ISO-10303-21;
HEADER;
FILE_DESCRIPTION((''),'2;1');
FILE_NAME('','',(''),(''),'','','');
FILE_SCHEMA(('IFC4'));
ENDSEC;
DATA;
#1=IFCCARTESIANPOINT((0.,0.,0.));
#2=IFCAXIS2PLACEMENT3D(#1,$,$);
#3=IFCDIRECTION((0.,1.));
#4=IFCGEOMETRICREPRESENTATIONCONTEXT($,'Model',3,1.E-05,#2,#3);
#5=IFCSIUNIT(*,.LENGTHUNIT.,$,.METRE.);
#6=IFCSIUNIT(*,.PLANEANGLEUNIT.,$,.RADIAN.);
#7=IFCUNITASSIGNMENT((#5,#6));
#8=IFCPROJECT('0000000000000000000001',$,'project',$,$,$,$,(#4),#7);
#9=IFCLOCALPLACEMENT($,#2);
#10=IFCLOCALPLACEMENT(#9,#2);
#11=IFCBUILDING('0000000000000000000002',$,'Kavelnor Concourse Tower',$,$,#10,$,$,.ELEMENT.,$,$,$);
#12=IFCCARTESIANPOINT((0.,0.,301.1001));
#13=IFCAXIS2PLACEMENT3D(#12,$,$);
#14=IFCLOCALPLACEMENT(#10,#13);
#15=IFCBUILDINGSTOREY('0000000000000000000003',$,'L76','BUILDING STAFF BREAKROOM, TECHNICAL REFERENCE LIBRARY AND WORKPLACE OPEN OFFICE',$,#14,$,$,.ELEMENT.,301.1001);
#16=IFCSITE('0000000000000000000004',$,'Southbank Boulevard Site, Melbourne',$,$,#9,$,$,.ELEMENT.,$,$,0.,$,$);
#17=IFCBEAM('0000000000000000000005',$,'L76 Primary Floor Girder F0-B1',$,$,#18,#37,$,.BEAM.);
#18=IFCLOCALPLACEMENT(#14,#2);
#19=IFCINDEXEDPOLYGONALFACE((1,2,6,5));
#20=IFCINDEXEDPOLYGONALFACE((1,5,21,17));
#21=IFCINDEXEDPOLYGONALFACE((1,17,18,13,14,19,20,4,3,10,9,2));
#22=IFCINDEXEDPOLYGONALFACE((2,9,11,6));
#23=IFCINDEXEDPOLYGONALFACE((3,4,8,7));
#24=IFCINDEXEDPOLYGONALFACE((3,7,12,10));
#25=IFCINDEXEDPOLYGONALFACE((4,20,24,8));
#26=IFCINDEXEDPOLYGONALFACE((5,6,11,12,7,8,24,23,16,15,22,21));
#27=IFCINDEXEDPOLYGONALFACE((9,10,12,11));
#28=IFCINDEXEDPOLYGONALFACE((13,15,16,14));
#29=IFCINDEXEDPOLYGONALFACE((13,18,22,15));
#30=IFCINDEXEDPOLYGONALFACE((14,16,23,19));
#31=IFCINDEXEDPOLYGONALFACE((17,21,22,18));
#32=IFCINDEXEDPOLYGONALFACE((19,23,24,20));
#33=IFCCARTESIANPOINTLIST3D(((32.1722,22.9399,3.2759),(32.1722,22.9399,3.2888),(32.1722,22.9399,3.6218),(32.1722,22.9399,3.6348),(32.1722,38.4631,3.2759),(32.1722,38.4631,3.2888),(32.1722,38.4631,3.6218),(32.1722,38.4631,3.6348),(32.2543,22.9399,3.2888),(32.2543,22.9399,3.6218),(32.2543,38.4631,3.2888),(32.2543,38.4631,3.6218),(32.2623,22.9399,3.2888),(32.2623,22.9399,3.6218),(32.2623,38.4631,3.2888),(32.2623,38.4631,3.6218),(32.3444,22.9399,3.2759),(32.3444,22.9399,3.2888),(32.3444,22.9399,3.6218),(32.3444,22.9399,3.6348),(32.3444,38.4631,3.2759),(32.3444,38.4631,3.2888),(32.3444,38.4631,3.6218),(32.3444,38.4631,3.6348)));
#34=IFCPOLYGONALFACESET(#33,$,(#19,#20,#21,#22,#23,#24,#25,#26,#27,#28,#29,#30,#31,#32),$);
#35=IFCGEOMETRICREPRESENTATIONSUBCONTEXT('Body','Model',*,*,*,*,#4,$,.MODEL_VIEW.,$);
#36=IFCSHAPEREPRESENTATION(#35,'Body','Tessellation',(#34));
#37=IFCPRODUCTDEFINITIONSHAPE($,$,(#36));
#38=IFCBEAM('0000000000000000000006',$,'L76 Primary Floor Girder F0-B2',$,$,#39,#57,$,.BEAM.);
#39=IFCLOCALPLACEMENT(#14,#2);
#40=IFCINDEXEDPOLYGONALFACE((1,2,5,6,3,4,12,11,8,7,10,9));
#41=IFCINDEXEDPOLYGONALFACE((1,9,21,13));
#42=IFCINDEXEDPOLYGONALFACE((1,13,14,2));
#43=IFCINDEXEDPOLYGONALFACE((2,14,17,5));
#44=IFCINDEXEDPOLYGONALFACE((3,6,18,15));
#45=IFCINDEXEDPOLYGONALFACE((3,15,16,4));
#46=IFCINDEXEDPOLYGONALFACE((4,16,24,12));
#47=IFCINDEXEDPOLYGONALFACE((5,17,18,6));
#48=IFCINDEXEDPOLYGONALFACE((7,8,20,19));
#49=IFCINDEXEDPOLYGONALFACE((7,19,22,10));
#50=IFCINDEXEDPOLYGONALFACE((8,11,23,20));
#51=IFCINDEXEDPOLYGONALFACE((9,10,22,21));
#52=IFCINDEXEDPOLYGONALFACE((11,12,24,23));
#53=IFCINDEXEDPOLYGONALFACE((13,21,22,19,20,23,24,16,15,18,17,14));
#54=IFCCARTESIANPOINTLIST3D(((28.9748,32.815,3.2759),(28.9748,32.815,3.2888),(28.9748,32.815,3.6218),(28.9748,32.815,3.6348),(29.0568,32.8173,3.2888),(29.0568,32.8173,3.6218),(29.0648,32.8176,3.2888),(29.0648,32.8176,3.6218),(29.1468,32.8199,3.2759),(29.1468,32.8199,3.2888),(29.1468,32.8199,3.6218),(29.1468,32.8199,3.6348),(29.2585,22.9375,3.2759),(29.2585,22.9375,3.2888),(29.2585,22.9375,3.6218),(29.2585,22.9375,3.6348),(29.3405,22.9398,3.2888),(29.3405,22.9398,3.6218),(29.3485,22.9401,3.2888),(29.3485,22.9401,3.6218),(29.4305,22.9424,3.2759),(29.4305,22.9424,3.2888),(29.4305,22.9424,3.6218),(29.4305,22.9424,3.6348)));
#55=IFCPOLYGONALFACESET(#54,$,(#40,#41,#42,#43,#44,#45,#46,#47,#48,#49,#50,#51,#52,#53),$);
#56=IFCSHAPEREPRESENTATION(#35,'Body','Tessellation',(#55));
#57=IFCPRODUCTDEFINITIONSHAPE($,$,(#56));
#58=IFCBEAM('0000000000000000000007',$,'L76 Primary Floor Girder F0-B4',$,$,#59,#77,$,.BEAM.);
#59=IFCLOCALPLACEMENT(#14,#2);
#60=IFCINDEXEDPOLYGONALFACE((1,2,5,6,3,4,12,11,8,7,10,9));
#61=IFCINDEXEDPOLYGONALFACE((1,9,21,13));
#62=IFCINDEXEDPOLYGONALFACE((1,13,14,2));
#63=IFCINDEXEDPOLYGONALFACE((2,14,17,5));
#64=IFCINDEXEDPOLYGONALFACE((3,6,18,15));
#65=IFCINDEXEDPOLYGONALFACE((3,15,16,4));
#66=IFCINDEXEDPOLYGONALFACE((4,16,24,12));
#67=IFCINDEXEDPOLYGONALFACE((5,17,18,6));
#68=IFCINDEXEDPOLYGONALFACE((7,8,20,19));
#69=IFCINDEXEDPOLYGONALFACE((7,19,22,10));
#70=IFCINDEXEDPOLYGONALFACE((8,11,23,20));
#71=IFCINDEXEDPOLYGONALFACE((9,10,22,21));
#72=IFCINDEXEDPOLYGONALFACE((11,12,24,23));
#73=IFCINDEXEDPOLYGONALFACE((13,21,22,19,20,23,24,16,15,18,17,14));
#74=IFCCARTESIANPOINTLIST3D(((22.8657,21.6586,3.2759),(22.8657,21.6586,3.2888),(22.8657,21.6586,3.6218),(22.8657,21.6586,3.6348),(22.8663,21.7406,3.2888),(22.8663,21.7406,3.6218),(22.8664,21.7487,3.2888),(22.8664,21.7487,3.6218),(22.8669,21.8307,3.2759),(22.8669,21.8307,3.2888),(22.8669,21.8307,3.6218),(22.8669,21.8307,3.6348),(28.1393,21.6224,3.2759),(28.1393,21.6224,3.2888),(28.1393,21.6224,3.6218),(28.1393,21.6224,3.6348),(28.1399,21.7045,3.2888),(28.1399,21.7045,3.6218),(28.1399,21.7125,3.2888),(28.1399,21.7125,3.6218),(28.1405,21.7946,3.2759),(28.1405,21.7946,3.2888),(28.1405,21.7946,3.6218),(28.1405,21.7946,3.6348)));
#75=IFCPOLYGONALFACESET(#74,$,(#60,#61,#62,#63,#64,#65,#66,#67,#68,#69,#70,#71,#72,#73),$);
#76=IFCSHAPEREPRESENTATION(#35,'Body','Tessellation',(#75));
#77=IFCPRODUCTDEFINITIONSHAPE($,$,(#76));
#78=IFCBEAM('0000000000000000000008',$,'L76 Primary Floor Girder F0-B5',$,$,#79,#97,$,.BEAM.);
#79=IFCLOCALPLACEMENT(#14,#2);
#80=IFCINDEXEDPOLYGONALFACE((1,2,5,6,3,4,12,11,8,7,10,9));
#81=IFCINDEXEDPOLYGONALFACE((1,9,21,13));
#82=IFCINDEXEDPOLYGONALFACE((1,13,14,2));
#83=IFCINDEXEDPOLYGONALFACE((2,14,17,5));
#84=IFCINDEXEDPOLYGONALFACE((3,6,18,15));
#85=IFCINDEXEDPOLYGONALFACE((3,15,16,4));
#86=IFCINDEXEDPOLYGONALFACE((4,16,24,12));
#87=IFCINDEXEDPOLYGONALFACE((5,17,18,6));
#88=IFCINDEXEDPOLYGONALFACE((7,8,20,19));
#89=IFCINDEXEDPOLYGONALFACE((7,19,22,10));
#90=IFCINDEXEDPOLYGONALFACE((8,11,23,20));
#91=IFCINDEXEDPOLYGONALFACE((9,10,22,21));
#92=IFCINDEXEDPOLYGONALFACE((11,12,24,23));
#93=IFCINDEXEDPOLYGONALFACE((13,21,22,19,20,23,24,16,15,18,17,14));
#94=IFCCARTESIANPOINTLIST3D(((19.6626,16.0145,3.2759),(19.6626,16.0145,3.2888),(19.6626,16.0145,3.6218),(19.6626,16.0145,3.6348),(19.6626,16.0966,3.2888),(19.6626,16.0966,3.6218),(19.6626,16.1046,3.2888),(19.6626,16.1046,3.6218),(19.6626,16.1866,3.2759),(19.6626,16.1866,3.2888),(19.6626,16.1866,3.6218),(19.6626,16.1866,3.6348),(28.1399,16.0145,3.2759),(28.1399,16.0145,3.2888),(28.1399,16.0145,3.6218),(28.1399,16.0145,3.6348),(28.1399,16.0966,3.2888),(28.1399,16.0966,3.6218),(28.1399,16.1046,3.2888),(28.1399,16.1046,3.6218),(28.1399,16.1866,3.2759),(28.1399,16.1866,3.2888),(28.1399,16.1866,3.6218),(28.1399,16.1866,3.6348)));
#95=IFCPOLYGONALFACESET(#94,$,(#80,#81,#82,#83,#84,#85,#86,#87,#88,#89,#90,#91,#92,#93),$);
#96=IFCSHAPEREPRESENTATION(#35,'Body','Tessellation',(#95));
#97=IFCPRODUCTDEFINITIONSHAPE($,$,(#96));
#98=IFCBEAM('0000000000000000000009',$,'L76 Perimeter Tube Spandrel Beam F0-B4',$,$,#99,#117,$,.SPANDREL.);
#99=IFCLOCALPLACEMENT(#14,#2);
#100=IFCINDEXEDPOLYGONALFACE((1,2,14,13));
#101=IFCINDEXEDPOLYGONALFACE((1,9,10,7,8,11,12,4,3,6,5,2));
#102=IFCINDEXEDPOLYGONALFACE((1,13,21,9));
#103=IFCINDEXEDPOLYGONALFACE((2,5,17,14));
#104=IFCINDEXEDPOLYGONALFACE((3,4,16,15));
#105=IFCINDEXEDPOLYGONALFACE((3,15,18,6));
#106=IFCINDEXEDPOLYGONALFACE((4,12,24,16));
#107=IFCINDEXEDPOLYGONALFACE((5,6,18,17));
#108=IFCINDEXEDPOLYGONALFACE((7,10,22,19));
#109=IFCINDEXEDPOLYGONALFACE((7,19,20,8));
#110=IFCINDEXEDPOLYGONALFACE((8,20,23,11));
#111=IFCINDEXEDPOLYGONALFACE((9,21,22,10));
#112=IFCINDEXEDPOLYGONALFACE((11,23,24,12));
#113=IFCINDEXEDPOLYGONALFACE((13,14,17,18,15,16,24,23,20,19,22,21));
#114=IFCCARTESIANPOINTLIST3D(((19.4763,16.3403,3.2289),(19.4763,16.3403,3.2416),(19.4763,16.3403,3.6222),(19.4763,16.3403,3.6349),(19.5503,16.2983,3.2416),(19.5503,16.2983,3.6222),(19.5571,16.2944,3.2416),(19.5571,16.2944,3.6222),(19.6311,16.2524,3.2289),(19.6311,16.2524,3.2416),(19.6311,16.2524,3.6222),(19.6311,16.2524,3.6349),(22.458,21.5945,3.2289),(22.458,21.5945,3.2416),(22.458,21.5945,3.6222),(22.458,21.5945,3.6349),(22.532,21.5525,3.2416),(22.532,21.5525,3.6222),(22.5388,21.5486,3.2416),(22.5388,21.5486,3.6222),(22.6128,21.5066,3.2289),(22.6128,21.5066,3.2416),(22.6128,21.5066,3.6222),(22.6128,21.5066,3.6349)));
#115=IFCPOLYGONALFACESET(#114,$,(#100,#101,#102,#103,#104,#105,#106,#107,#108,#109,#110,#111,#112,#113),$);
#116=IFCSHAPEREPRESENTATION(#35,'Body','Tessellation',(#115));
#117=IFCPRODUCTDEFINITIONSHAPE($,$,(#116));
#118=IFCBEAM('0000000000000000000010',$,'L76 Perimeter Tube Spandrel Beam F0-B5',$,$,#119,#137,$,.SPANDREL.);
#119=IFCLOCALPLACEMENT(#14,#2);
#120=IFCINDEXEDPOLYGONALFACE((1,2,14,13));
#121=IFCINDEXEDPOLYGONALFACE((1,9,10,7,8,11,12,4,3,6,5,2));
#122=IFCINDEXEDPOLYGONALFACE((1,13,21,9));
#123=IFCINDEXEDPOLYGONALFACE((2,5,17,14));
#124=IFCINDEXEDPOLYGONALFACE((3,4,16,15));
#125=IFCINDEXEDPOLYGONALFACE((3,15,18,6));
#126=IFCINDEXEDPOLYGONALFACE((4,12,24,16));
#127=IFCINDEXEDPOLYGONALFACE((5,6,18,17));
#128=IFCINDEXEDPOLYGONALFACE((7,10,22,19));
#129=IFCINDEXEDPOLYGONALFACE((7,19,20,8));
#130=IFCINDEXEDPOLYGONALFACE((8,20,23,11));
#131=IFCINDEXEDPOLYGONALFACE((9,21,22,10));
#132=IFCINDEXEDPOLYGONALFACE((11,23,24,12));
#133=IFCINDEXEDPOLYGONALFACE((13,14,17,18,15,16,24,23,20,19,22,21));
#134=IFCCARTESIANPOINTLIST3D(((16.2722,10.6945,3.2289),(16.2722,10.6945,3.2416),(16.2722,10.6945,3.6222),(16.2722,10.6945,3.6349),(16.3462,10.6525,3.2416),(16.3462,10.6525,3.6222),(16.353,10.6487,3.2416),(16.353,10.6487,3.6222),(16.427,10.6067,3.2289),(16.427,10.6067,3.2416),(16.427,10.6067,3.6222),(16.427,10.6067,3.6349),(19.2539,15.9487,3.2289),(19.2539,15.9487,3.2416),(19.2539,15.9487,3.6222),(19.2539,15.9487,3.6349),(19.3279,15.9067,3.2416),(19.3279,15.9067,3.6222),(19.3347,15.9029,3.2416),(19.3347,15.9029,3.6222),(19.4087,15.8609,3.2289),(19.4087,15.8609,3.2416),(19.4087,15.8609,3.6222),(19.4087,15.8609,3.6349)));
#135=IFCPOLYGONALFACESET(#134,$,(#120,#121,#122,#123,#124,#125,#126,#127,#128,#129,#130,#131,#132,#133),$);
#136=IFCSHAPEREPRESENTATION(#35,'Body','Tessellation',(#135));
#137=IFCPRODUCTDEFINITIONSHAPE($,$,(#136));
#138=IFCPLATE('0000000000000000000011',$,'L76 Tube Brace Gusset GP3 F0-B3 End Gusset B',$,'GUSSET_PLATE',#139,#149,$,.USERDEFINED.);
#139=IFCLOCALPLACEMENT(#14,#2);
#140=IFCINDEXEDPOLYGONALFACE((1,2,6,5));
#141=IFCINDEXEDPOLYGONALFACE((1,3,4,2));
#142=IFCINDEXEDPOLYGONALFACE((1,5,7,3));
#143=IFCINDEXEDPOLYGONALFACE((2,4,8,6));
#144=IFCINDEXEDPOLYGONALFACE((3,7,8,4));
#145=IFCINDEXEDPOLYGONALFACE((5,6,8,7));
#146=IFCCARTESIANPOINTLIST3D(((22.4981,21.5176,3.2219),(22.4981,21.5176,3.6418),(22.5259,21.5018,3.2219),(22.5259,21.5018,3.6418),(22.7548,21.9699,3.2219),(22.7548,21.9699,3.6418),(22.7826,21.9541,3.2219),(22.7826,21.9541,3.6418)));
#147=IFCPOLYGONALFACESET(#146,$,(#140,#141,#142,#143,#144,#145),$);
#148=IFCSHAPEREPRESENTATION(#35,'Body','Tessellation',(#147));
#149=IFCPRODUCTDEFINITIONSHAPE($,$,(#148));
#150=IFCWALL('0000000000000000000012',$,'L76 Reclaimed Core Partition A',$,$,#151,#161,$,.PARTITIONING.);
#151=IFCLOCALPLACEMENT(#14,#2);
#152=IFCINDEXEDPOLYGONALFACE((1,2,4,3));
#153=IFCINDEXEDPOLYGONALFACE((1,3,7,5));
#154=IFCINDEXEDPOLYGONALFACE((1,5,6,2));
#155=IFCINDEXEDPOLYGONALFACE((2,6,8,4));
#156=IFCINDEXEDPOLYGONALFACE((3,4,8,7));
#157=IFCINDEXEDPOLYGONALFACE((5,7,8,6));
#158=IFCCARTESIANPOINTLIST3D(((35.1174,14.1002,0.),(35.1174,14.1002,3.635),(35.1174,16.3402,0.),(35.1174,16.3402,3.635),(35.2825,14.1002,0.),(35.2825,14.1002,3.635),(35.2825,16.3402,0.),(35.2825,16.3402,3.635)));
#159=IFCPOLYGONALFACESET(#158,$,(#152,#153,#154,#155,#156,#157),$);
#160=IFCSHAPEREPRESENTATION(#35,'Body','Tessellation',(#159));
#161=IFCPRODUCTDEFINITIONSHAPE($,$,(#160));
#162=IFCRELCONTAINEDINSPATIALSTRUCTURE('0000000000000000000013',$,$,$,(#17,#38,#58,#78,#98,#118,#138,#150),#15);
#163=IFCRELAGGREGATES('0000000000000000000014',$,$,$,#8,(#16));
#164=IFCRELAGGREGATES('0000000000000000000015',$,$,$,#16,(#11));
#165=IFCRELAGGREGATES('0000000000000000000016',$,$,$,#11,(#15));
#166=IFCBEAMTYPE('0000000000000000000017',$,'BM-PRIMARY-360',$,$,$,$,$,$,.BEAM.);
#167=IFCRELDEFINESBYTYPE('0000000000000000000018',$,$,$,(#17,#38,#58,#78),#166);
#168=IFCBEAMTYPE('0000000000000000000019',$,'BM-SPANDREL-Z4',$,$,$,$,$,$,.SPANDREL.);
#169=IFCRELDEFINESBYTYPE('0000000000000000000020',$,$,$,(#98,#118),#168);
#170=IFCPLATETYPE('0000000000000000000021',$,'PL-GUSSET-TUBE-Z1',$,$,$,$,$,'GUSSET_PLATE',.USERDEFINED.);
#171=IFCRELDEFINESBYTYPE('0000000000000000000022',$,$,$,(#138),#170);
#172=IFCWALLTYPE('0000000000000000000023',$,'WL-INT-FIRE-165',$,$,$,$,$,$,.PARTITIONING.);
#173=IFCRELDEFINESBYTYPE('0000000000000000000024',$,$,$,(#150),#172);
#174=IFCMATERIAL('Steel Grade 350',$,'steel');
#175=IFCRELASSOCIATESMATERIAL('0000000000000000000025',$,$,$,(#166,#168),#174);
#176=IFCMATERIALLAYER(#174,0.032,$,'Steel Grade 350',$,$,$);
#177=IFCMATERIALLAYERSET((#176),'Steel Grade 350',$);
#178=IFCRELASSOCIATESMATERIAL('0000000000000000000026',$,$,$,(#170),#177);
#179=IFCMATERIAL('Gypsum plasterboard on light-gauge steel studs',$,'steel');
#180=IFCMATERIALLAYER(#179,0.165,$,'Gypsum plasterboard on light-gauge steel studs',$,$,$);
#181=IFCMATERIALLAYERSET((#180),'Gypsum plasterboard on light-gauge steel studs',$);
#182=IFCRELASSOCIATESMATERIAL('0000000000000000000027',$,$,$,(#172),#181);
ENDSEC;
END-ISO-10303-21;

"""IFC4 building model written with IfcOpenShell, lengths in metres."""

from ifc_helpers import new_model, si_unit, direction, frame, frame_2d, origin, origin_2d, place, context, subcontext, project, spatial, rectangle, i_section, extrude, material, layer, layer_set, material_profile, profile_set, type_object, element, save


model = new_model("IFC4")

# Units and contexts
model_context = context("Model", 3, precision=1e-05, world=origin(), true_north=direction((0.0, 1.0)))
body_context = subcontext(model_context, "Body", "Model", "MODEL_VIEW")
ifc_project = project(units=[si_unit("LENGTHUNIT", "METRE"), si_unit("PLANEANGLEUNIT", "RADIAN")], contexts=[model_context])

# Site, building, storey
site_placement = place(None, origin())
site = spatial("IfcSite", under=ifc_project, at=site_placement, Name="Southbank Boulevard Site, Melbourne", CompositionType="ELEMENT", RefElevation=0.0)
building_placement = place(site_placement, origin())
building = spatial("IfcBuilding", under=site, at=building_placement, Name="Kavelnor Concourse Tower", CompositionType="ELEMENT")
storey_placement = place(building_placement, frame((0.0, 0.0, 301.1001)))
storey = spatial("IfcBuildingStorey", under=building, at=storey_placement, Name="L76", Description="BUILDING STAFF BREAKROOM, TECHNICAL REFERENCE LIBRARY AND WORKPLACE OPEN OFFICE", CompositionType="ELEMENT", Elevation=301.1001)

# Shared definitions
ifc_material_1 = material(Name="Steel Grade 350", Category="steel")

# Beams
ifc_material_profile_1 = material_profile(ifc_material_1, i_section(OverallWidth=0.1721, OverallDepth=0.3589, WebThickness=0.0081, FlangeThickness=0.0129, at=origin_2d()), Name="360UB56")
ifc_profile_set_1 = profile_set([ifc_material_profile_1], Name="Steel Grade 350")
beam_type_1 = type_object("IfcBeamType", Name="BM-PRIMARY-360", PredefinedType="BEAM", material=ifc_profile_set_1)
beam_1_placement = place(storey_placement, frame((32.2583, 22.9399, 3.4553), z_axis=(0.0, 1.0, 0.0), x_axis=(-1.0, 0.0, 0.0)))
element("IfcBeam", 1, at=beam_1_placement, inside=storey, type_object=beam_type_1, Name="L76 Primary Floor Girder F0-B1", PredefinedType="BEAM", context=body_context, shape_type="SweptSolid", body=[
    extrude(i_section(OverallWidth=0.1721, OverallDepth=0.3589, WebThickness=0.0081, FlangeThickness=0.0129, at=origin_2d()), origin(), (0.0, 0.0, 1.0), 15.5232),
])
beam_2_placement = place(storey_placement, frame((29.3445, 22.9399, 3.4553), z_axis=(-0.028709, 0.999588, 0.0), x_axis=(-0.999588, -0.028709, 0.0)))
element("IfcBeam", 2, at=beam_2_placement, inside=storey, type_object=beam_type_1, Name="L76 Primary Floor Girder F0-B2", PredefinedType="BEAM", context=body_context, shape_type="SweptSolid", body=[
    extrude(i_section(OverallWidth=0.1721, OverallDepth=0.3589, WebThickness=0.0081, FlangeThickness=0.0129, at=origin_2d()), origin(), (0.0, 0.0, 1.0), 9.8816),
])
beam_3_placement = place(storey_placement, frame((28.1399, 21.7085, 3.4553), z_axis=(-0.999977, 0.006852, 0.0), x_axis=(-0.006852, -0.999977, 0.0)))
element("IfcBeam", 3, at=beam_3_placement, inside=storey, type_object=beam_type_1, Name="L76 Primary Floor Girder F0-B4", PredefinedType="BEAM", context=body_context, shape_type="SweptSolid", body=[
    extrude(i_section(OverallWidth=0.1721, OverallDepth=0.3589, WebThickness=0.0081, FlangeThickness=0.0129, at=origin_2d()), origin(), (0.0, 0.0, 1.0), 5.2737),
])
beam_4_placement = place(storey_placement, frame((28.1399, 16.1006, 3.4553), z_axis=(-1.0, 0.0, 0.0), x_axis=(0.0, -1.0, 0.0)))
element("IfcBeam", 4, at=beam_4_placement, inside=storey, type_object=beam_type_1, Name="L76 Primary Floor Girder F0-B5", PredefinedType="BEAM", context=body_context, shape_type="SweptSolid", body=[
    extrude(i_section(OverallWidth=0.1721, OverallDepth=0.3589, WebThickness=0.0081, FlangeThickness=0.0129, at=origin_2d()), origin(), (0.0, 0.0, 1.0), 8.4773),
])
ifc_material_profile_2 = material_profile(ifc_material_1, i_section(OverallWidth=0.178, OverallDepth=0.406, WebThickness=0.0078, FlangeThickness=0.0127, at=origin_2d()), Name="410UB59")
ifc_profile_set_2 = profile_set([ifc_material_profile_2], Name="Steel Grade 350")
beam_type_2 = type_object("IfcBeamType", Name="BM-SPANDREL-Z4", PredefinedType="SPANDREL", material=ifc_profile_set_2)
for number, where, z_axis, x_axis, name in (
    (5, (22.5354, 21.5505, 3.4319), (-0.493556, -0.869714, 0.0), (0.869714, -0.493556, 0.0), "L76 Perimeter Tube Spandrel Beam F0-B4"),
    (6, (19.3313, 15.9048, 3.4319), (-0.493556, -0.869714, 0.0), (0.869714, -0.493556, 0.0), "L76 Perimeter Tube Spandrel Beam F0-B5"),
):
    element("IfcBeam", number, at=place(storey_placement, frame(where, z_axis=z_axis, x_axis=x_axis)), inside=storey, type_object=beam_type_2, Name=name, PredefinedType="SPANDREL", context=body_context, shape_type="SweptSolid", body=[
        extrude(i_section(OverallWidth=0.178, OverallDepth=0.406, WebThickness=0.0078, FlangeThickness=0.0127, at=origin_2d()), origin(), (0.0, 0.0, 1.0), 6.0413),
    ])

# Plate
ifc_layer_1 = layer(ifc_material_1, 0.032, Name="Steel Grade 350")
ifc_layer_set_1 = layer_set([ifc_layer_1], Name="Steel Grade 350")
plate_type = type_object("IfcPlateType", Name="PL-GUSSET-TUBE-Z1", ElementType="GUSSET_PLATE", PredefinedType="USERDEFINED", material=ifc_layer_set_1)
plate_placement = place(storey_placement, frame((22.6404, 21.7358, 3.2219), z_axis=(0.0, 0.0, 1.0), x_axis=(-0.493638, -0.869667, 0.0)))
element("IfcPlate", 7, at=plate_placement, inside=storey, type_object=plate_type, Name="L76 Tube Brace Gusset GP3 F0-B3 End Gusset B", ObjectType="GUSSET_PLATE", PredefinedType="USERDEFINED", context=body_context, shape_type="SweptSolid", body=[
    extrude(rectangle(XDim=0.52, YDim=0.032, at=origin_2d()), origin(), (0.0, 0.0, 1.0), 0.4199),
])

# Wall
ifc_material_2 = material(Name="Gypsum plasterboard on light-gauge steel studs", Category="steel")
ifc_layer_2 = layer(ifc_material_2, 0.165, Name="Gypsum plasterboard on light-gauge steel studs")
ifc_layer_set_2 = layer_set([ifc_layer_2], Name="Gypsum plasterboard on light-gauge steel studs")
wall_type_1 = type_object("IfcWallType", Name="WL-INT-FIRE-165", PredefinedType="PARTITIONING", material=ifc_layer_set_2)
wall_1_placement = place(storey_placement, frame((35.2, 14.1001, 0.0), z_axis=(0.0, 0.0, 1.0), x_axis=(0.0, 1.0, 0.0)))
element("IfcWall", 8, at=wall_1_placement, inside=storey, type_object=wall_type_1, Name="L76 Reclaimed Core Partition A", PredefinedType="PARTITIONING", context=body_context, shape_type="SweptSolid", body=[
    extrude(rectangle(XDim=2.24, YDim=0.165, at=frame_2d((1.1201, 0.0))), origin(), (0.0, 0.0, 1.0), 3.635),
])

save(model, "model.ifc")
